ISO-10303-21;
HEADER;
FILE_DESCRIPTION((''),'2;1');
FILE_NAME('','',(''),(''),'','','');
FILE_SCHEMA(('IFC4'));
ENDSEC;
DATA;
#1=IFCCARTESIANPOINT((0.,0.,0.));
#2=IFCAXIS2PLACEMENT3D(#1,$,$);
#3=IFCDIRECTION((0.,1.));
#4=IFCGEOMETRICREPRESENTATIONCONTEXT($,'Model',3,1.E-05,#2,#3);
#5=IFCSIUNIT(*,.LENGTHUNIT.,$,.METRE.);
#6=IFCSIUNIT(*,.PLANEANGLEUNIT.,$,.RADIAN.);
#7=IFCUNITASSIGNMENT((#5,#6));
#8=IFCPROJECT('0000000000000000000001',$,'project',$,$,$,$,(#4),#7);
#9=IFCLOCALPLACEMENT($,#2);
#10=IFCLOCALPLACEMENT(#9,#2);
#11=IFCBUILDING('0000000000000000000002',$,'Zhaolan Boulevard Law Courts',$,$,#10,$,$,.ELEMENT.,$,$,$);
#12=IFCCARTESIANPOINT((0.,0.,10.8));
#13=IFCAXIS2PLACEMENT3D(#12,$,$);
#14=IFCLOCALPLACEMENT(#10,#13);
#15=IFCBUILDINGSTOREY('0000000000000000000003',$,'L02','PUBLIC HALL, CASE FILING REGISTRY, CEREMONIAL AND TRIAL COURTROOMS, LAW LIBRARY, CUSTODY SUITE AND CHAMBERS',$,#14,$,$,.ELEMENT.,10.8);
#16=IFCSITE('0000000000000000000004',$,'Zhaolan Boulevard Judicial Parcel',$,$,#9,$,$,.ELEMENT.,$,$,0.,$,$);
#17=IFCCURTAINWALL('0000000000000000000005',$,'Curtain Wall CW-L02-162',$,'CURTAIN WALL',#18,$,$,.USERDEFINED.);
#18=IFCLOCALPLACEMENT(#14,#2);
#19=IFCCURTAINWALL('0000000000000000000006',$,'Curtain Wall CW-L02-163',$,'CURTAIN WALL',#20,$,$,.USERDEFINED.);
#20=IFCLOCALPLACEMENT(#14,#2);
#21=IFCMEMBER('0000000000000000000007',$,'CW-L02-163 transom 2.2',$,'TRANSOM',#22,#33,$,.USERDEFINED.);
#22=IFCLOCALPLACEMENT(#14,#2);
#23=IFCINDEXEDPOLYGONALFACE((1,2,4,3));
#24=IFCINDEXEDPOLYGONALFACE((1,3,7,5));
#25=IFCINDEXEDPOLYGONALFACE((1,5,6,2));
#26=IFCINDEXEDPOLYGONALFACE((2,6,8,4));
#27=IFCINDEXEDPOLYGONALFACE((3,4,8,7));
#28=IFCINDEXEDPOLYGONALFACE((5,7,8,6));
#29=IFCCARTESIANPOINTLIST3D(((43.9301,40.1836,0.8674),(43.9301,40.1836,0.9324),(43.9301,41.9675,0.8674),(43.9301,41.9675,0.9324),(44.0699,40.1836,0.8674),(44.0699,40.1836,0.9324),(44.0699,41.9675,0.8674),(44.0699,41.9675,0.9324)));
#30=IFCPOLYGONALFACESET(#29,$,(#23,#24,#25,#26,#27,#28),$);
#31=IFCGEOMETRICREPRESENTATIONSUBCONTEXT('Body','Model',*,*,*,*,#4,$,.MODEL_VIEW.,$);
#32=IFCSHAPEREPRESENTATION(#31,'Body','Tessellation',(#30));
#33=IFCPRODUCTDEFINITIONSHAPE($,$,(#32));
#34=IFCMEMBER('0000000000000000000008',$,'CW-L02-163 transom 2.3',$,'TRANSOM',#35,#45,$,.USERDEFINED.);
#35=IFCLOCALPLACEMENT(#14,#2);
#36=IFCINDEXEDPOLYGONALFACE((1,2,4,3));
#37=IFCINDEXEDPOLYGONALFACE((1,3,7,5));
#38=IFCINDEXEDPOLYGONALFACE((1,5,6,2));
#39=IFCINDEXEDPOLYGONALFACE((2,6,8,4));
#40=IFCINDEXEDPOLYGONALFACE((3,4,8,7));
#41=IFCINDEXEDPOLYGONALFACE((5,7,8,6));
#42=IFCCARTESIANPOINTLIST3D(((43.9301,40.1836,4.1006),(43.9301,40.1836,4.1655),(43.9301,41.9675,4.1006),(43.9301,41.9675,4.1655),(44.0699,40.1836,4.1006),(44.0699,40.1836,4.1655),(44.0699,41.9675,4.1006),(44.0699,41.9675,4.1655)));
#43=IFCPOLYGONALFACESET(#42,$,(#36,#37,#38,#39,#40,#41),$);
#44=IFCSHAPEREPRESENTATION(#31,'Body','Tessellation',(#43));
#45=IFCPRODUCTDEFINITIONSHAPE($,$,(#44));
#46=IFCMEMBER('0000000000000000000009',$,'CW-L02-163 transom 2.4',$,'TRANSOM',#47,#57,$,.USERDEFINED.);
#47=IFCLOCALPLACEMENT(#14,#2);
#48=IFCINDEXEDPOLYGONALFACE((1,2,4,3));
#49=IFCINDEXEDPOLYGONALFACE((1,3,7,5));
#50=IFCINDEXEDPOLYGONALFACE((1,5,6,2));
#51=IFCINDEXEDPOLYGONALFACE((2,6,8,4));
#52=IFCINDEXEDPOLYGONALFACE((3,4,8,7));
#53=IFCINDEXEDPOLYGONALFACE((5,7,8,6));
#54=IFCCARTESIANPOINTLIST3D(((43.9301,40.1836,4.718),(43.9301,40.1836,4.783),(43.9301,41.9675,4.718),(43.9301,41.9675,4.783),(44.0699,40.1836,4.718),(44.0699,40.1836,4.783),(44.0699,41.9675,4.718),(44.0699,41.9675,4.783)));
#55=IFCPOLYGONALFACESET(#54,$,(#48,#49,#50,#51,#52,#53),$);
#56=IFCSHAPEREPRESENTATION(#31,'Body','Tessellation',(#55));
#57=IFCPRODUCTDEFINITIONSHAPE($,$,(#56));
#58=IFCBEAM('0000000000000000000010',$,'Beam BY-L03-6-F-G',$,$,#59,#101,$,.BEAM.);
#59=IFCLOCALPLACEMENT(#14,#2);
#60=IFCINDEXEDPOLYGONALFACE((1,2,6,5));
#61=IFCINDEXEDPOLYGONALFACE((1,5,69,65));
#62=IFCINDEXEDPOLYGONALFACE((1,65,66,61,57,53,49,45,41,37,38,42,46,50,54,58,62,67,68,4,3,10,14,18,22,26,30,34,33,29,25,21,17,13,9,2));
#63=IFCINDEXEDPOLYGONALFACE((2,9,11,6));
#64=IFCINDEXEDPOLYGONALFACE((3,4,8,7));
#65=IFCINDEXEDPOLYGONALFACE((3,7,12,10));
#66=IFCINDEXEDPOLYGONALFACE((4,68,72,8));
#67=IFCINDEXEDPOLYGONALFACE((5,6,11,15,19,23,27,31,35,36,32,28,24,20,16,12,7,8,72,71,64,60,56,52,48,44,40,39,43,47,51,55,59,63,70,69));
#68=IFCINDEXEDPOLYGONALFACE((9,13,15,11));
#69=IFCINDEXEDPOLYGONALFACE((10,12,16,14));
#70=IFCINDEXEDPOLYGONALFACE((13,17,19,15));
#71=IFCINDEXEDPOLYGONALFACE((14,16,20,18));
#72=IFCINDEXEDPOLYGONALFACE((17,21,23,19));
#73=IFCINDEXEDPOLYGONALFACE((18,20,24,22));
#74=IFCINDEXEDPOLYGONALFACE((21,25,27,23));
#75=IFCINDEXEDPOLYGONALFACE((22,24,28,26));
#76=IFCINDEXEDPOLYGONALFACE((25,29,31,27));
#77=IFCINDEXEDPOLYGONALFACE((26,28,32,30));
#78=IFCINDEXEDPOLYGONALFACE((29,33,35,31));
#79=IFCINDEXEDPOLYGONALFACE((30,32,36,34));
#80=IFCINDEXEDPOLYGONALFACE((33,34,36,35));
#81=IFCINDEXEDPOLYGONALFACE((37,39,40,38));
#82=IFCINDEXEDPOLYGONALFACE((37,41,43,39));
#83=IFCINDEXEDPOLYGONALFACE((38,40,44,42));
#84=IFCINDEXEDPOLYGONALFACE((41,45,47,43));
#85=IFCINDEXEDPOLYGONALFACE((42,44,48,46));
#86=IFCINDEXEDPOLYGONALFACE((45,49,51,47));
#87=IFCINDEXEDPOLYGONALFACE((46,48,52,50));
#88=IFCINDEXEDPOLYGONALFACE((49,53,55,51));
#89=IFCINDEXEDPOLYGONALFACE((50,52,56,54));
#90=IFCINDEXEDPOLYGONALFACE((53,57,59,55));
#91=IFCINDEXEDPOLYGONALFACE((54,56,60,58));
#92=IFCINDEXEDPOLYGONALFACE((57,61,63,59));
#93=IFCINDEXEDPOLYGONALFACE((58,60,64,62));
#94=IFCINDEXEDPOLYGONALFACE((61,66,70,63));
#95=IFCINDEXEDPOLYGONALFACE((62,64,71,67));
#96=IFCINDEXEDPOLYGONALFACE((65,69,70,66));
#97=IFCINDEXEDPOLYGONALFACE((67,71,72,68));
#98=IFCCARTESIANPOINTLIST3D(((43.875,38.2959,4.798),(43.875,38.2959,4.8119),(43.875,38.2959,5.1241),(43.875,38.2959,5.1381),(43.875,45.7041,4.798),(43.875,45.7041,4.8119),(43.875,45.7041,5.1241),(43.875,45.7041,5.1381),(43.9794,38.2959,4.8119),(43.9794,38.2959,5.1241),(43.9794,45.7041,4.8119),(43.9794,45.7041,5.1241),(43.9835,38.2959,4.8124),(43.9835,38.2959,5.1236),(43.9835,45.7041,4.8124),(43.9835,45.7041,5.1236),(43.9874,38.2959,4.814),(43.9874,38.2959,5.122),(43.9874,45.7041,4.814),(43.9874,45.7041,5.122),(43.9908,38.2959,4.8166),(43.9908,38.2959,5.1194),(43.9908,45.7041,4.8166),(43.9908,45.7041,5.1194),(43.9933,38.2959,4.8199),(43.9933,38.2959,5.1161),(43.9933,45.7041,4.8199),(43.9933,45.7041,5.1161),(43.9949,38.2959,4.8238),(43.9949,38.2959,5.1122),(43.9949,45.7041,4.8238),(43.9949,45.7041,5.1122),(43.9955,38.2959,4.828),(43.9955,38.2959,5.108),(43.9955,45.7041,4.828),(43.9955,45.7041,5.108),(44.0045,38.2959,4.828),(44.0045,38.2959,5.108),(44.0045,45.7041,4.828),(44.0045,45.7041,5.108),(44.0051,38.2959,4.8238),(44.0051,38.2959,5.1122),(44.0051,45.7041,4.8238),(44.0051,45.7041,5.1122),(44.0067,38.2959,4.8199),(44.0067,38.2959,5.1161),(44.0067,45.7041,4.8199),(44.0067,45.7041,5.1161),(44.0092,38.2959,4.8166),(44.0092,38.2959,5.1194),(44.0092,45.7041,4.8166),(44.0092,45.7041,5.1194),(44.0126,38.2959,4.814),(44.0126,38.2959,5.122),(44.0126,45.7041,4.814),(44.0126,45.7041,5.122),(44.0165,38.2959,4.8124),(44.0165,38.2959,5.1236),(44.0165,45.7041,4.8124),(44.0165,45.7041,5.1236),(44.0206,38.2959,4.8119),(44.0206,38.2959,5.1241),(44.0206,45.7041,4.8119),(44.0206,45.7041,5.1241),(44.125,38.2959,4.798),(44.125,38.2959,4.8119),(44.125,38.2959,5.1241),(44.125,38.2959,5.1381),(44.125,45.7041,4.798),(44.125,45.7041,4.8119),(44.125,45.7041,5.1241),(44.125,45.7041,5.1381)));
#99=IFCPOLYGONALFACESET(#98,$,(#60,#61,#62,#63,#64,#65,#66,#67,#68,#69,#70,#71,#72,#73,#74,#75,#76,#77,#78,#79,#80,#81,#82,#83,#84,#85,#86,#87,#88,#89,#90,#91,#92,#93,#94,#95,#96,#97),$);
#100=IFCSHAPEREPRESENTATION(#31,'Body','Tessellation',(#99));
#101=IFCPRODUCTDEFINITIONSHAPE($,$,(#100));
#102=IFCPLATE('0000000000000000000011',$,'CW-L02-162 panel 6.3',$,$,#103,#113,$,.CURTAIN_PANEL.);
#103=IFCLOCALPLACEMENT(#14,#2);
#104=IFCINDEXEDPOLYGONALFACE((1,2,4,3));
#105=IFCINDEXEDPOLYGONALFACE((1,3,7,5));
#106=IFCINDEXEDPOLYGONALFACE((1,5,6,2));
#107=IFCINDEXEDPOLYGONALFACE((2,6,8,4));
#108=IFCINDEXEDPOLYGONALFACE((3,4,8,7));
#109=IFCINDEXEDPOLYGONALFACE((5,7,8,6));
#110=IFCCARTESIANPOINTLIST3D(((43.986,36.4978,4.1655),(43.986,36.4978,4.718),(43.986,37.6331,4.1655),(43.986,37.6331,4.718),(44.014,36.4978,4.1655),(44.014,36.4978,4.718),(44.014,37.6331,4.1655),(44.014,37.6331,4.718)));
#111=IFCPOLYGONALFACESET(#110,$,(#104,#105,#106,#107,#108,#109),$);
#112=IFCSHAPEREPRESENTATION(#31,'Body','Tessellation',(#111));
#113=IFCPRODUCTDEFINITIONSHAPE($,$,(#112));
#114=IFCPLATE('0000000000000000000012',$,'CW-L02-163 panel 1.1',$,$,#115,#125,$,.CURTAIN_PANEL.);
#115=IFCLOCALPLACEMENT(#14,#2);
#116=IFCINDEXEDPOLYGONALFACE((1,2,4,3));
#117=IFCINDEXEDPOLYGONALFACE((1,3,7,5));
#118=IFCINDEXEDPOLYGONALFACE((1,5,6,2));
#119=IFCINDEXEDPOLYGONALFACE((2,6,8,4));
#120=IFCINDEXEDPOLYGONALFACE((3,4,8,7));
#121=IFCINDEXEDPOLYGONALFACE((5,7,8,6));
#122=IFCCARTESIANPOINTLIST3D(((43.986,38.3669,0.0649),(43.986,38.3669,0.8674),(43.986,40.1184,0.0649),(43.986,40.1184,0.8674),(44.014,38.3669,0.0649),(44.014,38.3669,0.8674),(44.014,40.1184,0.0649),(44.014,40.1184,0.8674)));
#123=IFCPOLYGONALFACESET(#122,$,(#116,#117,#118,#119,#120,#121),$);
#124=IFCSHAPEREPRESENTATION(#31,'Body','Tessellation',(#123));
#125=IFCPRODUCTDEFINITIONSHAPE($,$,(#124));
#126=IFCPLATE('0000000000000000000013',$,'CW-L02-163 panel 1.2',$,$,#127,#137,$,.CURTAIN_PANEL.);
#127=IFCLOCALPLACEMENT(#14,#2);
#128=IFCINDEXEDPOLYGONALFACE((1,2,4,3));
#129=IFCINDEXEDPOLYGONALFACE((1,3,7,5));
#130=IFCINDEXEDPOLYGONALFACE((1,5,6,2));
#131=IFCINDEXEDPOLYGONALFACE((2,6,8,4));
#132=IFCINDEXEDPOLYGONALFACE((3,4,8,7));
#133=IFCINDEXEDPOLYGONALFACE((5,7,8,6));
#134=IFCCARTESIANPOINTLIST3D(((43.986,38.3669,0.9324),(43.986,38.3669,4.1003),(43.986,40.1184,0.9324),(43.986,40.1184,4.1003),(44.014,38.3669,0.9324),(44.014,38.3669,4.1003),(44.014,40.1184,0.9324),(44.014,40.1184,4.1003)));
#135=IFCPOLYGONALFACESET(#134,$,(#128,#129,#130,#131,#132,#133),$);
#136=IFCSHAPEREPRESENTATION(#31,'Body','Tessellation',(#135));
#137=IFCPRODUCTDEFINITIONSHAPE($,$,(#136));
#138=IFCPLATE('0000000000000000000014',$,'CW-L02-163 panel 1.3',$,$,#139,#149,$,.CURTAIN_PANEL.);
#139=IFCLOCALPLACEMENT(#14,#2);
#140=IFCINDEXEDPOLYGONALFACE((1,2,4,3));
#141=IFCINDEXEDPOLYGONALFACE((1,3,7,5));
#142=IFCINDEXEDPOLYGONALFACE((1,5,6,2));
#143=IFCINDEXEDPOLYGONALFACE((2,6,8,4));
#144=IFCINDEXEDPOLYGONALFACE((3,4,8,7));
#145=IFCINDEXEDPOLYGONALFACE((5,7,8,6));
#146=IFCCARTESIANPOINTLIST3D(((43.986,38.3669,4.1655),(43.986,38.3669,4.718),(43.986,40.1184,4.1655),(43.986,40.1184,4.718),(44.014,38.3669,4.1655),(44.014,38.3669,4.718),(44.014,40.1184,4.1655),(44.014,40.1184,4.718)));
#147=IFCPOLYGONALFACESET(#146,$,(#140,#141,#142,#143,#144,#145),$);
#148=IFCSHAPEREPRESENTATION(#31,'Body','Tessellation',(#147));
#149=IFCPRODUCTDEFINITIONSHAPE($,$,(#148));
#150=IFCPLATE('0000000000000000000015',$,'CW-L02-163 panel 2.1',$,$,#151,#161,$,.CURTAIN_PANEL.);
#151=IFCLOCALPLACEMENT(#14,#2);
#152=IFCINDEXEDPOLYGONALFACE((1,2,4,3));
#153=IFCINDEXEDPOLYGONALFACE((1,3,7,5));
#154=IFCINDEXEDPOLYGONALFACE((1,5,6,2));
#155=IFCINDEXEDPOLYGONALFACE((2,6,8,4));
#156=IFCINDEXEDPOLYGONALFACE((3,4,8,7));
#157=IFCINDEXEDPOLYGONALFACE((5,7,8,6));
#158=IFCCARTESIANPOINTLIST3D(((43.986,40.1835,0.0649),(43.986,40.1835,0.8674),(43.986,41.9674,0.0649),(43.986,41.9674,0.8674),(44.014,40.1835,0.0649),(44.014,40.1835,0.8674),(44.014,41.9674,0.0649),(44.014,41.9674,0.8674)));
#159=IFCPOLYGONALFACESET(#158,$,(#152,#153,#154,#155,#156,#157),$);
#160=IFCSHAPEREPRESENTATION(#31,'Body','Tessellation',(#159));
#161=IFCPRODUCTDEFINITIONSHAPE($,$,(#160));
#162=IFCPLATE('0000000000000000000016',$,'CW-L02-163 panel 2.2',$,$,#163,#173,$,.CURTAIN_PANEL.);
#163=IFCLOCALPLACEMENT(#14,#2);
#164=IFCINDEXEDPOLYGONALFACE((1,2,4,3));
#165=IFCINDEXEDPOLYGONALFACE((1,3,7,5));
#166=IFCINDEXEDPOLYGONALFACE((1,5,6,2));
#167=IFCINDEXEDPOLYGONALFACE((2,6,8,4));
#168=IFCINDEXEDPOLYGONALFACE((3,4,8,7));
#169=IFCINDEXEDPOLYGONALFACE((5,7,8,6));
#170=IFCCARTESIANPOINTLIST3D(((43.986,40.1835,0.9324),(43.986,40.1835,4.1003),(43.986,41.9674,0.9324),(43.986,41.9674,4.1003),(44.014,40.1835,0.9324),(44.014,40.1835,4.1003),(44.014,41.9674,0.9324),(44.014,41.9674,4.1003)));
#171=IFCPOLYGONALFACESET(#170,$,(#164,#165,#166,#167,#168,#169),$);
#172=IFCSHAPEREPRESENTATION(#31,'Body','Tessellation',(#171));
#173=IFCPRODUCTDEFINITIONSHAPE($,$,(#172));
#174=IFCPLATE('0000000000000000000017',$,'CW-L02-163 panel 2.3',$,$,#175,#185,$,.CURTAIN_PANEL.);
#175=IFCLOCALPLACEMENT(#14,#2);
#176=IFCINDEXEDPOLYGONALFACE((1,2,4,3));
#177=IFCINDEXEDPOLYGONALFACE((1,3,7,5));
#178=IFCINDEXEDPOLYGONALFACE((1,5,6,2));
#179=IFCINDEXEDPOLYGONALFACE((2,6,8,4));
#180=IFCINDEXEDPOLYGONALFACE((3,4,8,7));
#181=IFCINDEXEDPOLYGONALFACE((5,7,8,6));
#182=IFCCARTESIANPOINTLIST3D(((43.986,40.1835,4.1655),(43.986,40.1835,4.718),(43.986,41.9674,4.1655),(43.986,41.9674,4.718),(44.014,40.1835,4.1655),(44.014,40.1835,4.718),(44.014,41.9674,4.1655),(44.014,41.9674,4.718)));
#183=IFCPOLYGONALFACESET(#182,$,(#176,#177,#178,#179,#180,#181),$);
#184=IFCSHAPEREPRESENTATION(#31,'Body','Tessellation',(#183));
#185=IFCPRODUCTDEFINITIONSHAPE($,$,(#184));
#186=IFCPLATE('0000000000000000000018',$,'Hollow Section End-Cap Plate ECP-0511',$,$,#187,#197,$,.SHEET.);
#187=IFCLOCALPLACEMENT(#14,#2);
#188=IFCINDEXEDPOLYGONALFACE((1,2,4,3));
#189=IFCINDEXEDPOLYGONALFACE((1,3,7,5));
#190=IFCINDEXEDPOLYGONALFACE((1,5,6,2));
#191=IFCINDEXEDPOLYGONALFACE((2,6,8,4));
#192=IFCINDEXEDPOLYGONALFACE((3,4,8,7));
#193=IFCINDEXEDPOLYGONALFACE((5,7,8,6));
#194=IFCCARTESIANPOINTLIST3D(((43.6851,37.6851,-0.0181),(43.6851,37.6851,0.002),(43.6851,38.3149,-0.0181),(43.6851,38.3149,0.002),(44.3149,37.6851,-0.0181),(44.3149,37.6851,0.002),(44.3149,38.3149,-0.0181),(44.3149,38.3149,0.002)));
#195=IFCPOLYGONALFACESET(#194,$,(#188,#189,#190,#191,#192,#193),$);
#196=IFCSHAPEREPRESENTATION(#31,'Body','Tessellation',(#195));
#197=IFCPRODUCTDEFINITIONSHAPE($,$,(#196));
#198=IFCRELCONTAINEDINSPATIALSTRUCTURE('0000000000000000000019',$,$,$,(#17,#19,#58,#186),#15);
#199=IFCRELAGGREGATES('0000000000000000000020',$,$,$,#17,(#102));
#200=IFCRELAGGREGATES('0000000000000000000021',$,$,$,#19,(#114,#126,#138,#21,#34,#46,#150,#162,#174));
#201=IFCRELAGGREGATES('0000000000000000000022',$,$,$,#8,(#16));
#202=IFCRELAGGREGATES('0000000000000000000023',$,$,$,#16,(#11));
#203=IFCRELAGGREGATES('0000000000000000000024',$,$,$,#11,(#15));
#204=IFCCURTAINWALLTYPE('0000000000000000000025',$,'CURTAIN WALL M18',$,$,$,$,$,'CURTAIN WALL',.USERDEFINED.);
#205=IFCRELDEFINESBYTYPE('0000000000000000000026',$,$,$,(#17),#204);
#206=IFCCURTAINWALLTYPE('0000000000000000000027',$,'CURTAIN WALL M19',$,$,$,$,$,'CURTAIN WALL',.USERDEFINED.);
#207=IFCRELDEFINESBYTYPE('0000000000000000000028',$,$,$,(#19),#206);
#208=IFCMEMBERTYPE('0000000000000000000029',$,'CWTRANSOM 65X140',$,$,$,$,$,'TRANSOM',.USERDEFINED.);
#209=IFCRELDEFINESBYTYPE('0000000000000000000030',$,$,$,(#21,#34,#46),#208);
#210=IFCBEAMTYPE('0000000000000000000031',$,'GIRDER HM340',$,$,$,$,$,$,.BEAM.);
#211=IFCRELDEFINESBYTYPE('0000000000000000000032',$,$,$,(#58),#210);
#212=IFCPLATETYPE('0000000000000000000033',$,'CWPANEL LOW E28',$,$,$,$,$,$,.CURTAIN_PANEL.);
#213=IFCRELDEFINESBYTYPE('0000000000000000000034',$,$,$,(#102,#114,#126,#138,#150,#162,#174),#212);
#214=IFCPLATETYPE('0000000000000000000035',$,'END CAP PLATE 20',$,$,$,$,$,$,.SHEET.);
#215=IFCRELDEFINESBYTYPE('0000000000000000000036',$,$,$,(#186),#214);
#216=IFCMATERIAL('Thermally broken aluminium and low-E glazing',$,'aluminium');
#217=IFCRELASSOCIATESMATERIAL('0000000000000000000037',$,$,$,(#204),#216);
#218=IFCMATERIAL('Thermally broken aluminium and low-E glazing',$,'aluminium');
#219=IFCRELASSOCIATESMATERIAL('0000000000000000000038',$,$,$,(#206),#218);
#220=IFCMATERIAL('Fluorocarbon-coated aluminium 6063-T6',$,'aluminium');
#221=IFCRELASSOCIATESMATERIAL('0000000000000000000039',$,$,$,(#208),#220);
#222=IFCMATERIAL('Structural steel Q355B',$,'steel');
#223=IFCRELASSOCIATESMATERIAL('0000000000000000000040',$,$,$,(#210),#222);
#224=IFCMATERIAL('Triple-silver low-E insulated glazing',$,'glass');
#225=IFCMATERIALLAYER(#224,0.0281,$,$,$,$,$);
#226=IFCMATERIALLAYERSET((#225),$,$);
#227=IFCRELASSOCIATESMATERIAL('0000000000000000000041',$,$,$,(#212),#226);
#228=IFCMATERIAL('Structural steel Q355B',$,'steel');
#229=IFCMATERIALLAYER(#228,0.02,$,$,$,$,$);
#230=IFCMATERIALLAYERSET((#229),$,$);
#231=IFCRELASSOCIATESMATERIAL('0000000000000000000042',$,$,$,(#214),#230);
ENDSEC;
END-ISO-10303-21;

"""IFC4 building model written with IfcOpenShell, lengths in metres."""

from ifc_helpers import new_model, si_unit, direction, frame, origin, origin_2d, place, context, subcontext, project, spatial, rectangle, i_section, extrude, material, layer, layer_set, material_profile, profile_set, type_object, element, aggregate, save


model = new_model("IFC4")

# Units and contexts
model_context = context("Model", 3, precision=1e-05, world=origin(), true_north=direction((0.0, 1.0)))
body_context = subcontext(model_context, "Body", "Model", "MODEL_VIEW")
ifc_project = project(units=[si_unit("LENGTHUNIT", "METRE"), si_unit("PLANEANGLEUNIT", "RADIAN")], contexts=[model_context])

# Site, building, storey
site_placement = place(None, origin())
site = spatial("IfcSite", under=ifc_project, at=site_placement, Name="Zhaolan Boulevard Judicial Parcel", CompositionType="ELEMENT", RefElevation=0.0)
building_placement = place(site_placement, origin())
building = spatial("IfcBuilding", under=site, at=building_placement, Name="Zhaolan Boulevard Law Courts", CompositionType="ELEMENT")
storey_placement = place(building_placement, frame((0.0, 0.0, 10.8)))
storey = spatial("IfcBuildingStorey", under=building, at=storey_placement, Name="L02", Description="PUBLIC HALL, CASE FILING REGISTRY, CEREMONIAL AND TRIAL COURTROOMS, LAW LIBRARY, CUSTODY SUITE AND CHAMBERS", CompositionType="ELEMENT", Elevation=10.8)

# Curtain wall
ifc_material_1 = material(Name="Thermally broken aluminium and low-E glazing", Category="aluminium")
curtain_wall_type_1 = type_object("IfcCurtainWallType", Name="CURTAIN WALL M18", ElementType="CURTAIN WALL", PredefinedType="USERDEFINED", material=ifc_material_1)
curtain_wall_1_placement = place(storey_placement, origin())
curtain_wall_1 = element("IfcCurtainWall", 1, at=curtain_wall_1_placement, inside=storey, type_object=curtain_wall_type_1, Name="Curtain Wall CW-L02-162", ObjectType="CURTAIN WALL", PredefinedType="USERDEFINED")

# Curtain wall, members
ifc_material_2 = material(Name="Thermally broken aluminium and low-E glazing", Category="aluminium")
curtain_wall_type_2 = type_object("IfcCurtainWallType", Name="CURTAIN WALL M19", ElementType="CURTAIN WALL", PredefinedType="USERDEFINED", material=ifc_material_2)
curtain_wall_2_placement = place(storey_placement, origin())
curtain_wall_2 = element("IfcCurtainWall", 2, at=curtain_wall_2_placement, inside=storey, type_object=curtain_wall_type_2, Name="Curtain Wall CW-L02-163", ObjectType="CURTAIN WALL", PredefinedType="USERDEFINED")
ifc_material_3 = material(Name="Fluorocarbon-coated aluminium 6063-T6", Category="aluminium")
ifc_material_profile_1 = material_profile(ifc_material_3, rectangle(XDim=0.1399, YDim=0.0649, at=origin_2d()), Name="AL65x140")
ifc_profile_set_1 = profile_set([ifc_material_profile_1], Name="Fluorocarbon-coated aluminium 6063-T6")
member_type_1 = type_object("IfcMemberType", Name="CWTRANSOM 65X140", ElementType="TRANSOM", PredefinedType="USERDEFINED", material=ifc_profile_set_1)
member_1_placement = place(storey_placement, frame((44.0, 40.1836, 0.8999), z_axis=(0.0, 1.0, 0.0), x_axis=(-1.0, 0.0, 0.0)))
member_1 = element("IfcMember", 3, at=member_1_placement, type_object=member_type_1, Name="CW-L02-163 transom 2.2", ObjectType="TRANSOM", PredefinedType="USERDEFINED", context=body_context, shape_type="SweptSolid", body=[
    extrude(rectangle(XDim=0.1399, YDim=0.0649, at=origin_2d()), origin(), (0.0, 0.0, 1.0), 1.7839),
])
member_2_placement = place(storey_placement, frame((44.0, 40.1836, 4.1331), z_axis=(0.0, 1.0, 0.0), x_axis=(-1.0, 0.0, 0.0)))
member_2 = element("IfcMember", 4, at=member_2_placement, type_object=member_type_1, Name="CW-L02-163 transom 2.3", ObjectType="TRANSOM", PredefinedType="USERDEFINED", context=body_context, shape_type="SweptSolid", body=[
    extrude(rectangle(XDim=0.1399, YDim=0.0649, at=origin_2d()), origin(), (0.0, 0.0, 1.0), 1.7839),
])
member_3_placement = place(storey_placement, frame((44.0, 40.1836, 4.7505), z_axis=(0.0, 1.0, 0.0), x_axis=(-1.0, 0.0, 0.0)))
member_3 = element("IfcMember", 5, at=member_3_placement, type_object=member_type_1, Name="CW-L02-163 transom 2.4", ObjectType="TRANSOM", PredefinedType="USERDEFINED", context=body_context, shape_type="SweptSolid", body=[
    extrude(rectangle(XDim=0.1399, YDim=0.0649, at=origin_2d()), origin(), (0.0, 0.0, 1.0), 1.7839),
])

# Beam
ifc_material_4 = material(Name="Structural steel Q355B", Category="steel")
ifc_material_profile_2 = material_profile(ifc_material_4, i_section(OverallWidth=0.25, OverallDepth=0.3401, WebThickness=0.009, FlangeThickness=0.0139, FilletRadius=0.0161, at=origin_2d()), Name="HM340x250")
ifc_profile_set_2 = profile_set([ifc_material_profile_2], Name="Structural steel Q355B")
beam_type = type_object("IfcBeamType", Name="GIRDER HM340", PredefinedType="BEAM", material=ifc_profile_set_2)
beam_placement = place(storey_placement, frame((44.0, 38.2959, 4.968), z_axis=(0.0, 1.0, 0.0), x_axis=(-1.0, 0.0, 0.0)))
element("IfcBeam", 6, at=beam_placement, inside=storey, type_object=beam_type, Name="Beam BY-L03-6-F-G", PredefinedType="BEAM", context=body_context, shape_type="SweptSolid", body=[
    extrude(i_section(OverallWidth=0.25, OverallDepth=0.3401, WebThickness=0.009, FlangeThickness=0.0139, FilletRadius=0.0161, at=origin_2d()), origin(), (0.0, 0.0, 1.0), 7.4082),
])

# Plates
ifc_material_5 = material(Name="Triple-silver low-E insulated glazing", Category="glass")
ifc_layer_1 = layer(ifc_material_5, 0.0281)
ifc_layer_set_1 = layer_set([ifc_layer_1])
plate_type_1 = type_object("IfcPlateType", Name="CWPANEL LOW E28", PredefinedType="CURTAIN_PANEL", material=ifc_layer_set_1)
plate_1_placement = place(storey_placement, frame((44.0, 37.0654, 4.1655), z_axis=(0.0, 0.0, 1.0), x_axis=(0.0, 1.0, 0.0)))
plate_1 = element("IfcPlate", 7, at=plate_1_placement, type_object=plate_type_1, Name="CW-L02-162 panel 6.3", PredefinedType="CURTAIN_PANEL", context=body_context, shape_type="SweptSolid", body=[
    extrude(rectangle(XDim=1.1353, YDim=0.0281, at=origin_2d()), origin(), (0.0, 0.0, 1.0), 0.5525),
])
aggregate(curtain_wall_1, [plate_1])
plate_2_placement = place(storey_placement, frame((44.0, 39.2427, 0.0649), z_axis=(0.0, 0.0, 1.0), x_axis=(0.0, 1.0, 0.0)))
plate_2 = element("IfcPlate", 8, at=plate_2_placement, type_object=plate_type_1, Name="CW-L02-163 panel 1.1", PredefinedType="CURTAIN_PANEL", context=body_context, shape_type="SweptSolid", body=[
    extrude(rectangle(XDim=1.7515, YDim=0.0281, at=origin_2d()), origin(), (0.0, 0.0, 1.0), 0.8025),
])
plate_3_placement = place(storey_placement, frame((44.0, 39.2427, 0.9324), z_axis=(0.0, 0.0, 1.0), x_axis=(0.0, 1.0, 0.0)))
plate_3 = element("IfcPlate", 9, at=plate_3_placement, type_object=plate_type_1, Name="CW-L02-163 panel 1.2", PredefinedType="CURTAIN_PANEL", context=body_context, shape_type="SweptSolid", body=[
    extrude(rectangle(XDim=1.7515, YDim=0.0281, at=origin_2d()), origin(), (0.0, 0.0, 1.0), 3.168),
])
plate_4_placement = place(storey_placement, frame((44.0, 39.2427, 4.1655), z_axis=(0.0, 0.0, 1.0), x_axis=(0.0, 1.0, 0.0)))
plate_4 = element("IfcPlate", 10, at=plate_4_placement, type_object=plate_type_1, Name="CW-L02-163 panel 1.3", PredefinedType="CURTAIN_PANEL", context=body_context, shape_type="SweptSolid", body=[
    extrude(rectangle(XDim=1.7515, YDim=0.0281, at=origin_2d()), origin(), (0.0, 0.0, 1.0), 0.5525),
])
plate_5_placement = place(storey_placement, frame((44.0, 41.0754, 0.0649), z_axis=(0.0, 0.0, 1.0), x_axis=(0.0, 1.0, 0.0)))
plate_5 = element("IfcPlate", 11, at=plate_5_placement, type_object=plate_type_1, Name="CW-L02-163 panel 2.1", PredefinedType="CURTAIN_PANEL", context=body_context, shape_type="SweptSolid", body=[
    extrude(rectangle(XDim=1.7839, YDim=0.0281, at=origin_2d()), origin(), (0.0, 0.0, 1.0), 0.8025),
])
plate_6_placement = place(storey_placement, frame((44.0, 41.0754, 0.9324), z_axis=(0.0, 0.0, 1.0), x_axis=(0.0, 1.0, 0.0)))
plate_6 = element("IfcPlate", 12, at=plate_6_placement, type_object=plate_type_1, Name="CW-L02-163 panel 2.2", PredefinedType="CURTAIN_PANEL", context=body_context, shape_type="SweptSolid", body=[
    extrude(rectangle(XDim=1.7839, YDim=0.0281, at=origin_2d()), origin(), (0.0, 0.0, 1.0), 3.168),
])
plate_7_placement = place(storey_placement, frame((44.0, 41.0754, 4.1655), z_axis=(0.0, 0.0, 1.0), x_axis=(0.0, 1.0, 0.0)))
plate_7 = element("IfcPlate", 13, at=plate_7_placement, type_object=plate_type_1, Name="CW-L02-163 panel 2.3", PredefinedType="CURTAIN_PANEL", context=body_context, shape_type="SweptSolid", body=[
    extrude(rectangle(XDim=1.7839, YDim=0.0281, at=origin_2d()), origin(), (0.0, 0.0, 1.0), 0.5525),
])
aggregate(curtain_wall_2, [plate_2, plate_3, plate_4, member_1, member_2, member_3, plate_5, plate_6, plate_7])

# Plate
ifc_material_6 = material(Name="Structural steel Q355B", Category="steel")
ifc_layer_2 = layer(ifc_material_6, 0.02)
ifc_layer_set_2 = layer_set([ifc_layer_2])
plate_type_2 = type_object("IfcPlateType", Name="END CAP PLATE 20", PredefinedType="SHEET", material=ifc_layer_set_2)
for number, where, z_axis, x_axis, name in (
    (14, (44.0, 38.0, -0.0181), (0.0, 0.0, 1.0), (1.0, 0.0, 0.0), "Hollow Section End-Cap Plate ECP-0511"),
):
    element("IfcPlate", number, at=place(storey_placement, frame(where, z_axis=z_axis, x_axis=x_axis)), inside=storey, type_object=plate_type_2, Name=name, PredefinedType="SHEET", context=body_context, shape_type="SweptSolid", body=[
        extrude(rectangle(XDim=0.6299, YDim=0.6299, at=origin_2d()), origin(), (0.0, 0.0, 1.0), 0.02),
    ])

save(model, "model.ifc")
